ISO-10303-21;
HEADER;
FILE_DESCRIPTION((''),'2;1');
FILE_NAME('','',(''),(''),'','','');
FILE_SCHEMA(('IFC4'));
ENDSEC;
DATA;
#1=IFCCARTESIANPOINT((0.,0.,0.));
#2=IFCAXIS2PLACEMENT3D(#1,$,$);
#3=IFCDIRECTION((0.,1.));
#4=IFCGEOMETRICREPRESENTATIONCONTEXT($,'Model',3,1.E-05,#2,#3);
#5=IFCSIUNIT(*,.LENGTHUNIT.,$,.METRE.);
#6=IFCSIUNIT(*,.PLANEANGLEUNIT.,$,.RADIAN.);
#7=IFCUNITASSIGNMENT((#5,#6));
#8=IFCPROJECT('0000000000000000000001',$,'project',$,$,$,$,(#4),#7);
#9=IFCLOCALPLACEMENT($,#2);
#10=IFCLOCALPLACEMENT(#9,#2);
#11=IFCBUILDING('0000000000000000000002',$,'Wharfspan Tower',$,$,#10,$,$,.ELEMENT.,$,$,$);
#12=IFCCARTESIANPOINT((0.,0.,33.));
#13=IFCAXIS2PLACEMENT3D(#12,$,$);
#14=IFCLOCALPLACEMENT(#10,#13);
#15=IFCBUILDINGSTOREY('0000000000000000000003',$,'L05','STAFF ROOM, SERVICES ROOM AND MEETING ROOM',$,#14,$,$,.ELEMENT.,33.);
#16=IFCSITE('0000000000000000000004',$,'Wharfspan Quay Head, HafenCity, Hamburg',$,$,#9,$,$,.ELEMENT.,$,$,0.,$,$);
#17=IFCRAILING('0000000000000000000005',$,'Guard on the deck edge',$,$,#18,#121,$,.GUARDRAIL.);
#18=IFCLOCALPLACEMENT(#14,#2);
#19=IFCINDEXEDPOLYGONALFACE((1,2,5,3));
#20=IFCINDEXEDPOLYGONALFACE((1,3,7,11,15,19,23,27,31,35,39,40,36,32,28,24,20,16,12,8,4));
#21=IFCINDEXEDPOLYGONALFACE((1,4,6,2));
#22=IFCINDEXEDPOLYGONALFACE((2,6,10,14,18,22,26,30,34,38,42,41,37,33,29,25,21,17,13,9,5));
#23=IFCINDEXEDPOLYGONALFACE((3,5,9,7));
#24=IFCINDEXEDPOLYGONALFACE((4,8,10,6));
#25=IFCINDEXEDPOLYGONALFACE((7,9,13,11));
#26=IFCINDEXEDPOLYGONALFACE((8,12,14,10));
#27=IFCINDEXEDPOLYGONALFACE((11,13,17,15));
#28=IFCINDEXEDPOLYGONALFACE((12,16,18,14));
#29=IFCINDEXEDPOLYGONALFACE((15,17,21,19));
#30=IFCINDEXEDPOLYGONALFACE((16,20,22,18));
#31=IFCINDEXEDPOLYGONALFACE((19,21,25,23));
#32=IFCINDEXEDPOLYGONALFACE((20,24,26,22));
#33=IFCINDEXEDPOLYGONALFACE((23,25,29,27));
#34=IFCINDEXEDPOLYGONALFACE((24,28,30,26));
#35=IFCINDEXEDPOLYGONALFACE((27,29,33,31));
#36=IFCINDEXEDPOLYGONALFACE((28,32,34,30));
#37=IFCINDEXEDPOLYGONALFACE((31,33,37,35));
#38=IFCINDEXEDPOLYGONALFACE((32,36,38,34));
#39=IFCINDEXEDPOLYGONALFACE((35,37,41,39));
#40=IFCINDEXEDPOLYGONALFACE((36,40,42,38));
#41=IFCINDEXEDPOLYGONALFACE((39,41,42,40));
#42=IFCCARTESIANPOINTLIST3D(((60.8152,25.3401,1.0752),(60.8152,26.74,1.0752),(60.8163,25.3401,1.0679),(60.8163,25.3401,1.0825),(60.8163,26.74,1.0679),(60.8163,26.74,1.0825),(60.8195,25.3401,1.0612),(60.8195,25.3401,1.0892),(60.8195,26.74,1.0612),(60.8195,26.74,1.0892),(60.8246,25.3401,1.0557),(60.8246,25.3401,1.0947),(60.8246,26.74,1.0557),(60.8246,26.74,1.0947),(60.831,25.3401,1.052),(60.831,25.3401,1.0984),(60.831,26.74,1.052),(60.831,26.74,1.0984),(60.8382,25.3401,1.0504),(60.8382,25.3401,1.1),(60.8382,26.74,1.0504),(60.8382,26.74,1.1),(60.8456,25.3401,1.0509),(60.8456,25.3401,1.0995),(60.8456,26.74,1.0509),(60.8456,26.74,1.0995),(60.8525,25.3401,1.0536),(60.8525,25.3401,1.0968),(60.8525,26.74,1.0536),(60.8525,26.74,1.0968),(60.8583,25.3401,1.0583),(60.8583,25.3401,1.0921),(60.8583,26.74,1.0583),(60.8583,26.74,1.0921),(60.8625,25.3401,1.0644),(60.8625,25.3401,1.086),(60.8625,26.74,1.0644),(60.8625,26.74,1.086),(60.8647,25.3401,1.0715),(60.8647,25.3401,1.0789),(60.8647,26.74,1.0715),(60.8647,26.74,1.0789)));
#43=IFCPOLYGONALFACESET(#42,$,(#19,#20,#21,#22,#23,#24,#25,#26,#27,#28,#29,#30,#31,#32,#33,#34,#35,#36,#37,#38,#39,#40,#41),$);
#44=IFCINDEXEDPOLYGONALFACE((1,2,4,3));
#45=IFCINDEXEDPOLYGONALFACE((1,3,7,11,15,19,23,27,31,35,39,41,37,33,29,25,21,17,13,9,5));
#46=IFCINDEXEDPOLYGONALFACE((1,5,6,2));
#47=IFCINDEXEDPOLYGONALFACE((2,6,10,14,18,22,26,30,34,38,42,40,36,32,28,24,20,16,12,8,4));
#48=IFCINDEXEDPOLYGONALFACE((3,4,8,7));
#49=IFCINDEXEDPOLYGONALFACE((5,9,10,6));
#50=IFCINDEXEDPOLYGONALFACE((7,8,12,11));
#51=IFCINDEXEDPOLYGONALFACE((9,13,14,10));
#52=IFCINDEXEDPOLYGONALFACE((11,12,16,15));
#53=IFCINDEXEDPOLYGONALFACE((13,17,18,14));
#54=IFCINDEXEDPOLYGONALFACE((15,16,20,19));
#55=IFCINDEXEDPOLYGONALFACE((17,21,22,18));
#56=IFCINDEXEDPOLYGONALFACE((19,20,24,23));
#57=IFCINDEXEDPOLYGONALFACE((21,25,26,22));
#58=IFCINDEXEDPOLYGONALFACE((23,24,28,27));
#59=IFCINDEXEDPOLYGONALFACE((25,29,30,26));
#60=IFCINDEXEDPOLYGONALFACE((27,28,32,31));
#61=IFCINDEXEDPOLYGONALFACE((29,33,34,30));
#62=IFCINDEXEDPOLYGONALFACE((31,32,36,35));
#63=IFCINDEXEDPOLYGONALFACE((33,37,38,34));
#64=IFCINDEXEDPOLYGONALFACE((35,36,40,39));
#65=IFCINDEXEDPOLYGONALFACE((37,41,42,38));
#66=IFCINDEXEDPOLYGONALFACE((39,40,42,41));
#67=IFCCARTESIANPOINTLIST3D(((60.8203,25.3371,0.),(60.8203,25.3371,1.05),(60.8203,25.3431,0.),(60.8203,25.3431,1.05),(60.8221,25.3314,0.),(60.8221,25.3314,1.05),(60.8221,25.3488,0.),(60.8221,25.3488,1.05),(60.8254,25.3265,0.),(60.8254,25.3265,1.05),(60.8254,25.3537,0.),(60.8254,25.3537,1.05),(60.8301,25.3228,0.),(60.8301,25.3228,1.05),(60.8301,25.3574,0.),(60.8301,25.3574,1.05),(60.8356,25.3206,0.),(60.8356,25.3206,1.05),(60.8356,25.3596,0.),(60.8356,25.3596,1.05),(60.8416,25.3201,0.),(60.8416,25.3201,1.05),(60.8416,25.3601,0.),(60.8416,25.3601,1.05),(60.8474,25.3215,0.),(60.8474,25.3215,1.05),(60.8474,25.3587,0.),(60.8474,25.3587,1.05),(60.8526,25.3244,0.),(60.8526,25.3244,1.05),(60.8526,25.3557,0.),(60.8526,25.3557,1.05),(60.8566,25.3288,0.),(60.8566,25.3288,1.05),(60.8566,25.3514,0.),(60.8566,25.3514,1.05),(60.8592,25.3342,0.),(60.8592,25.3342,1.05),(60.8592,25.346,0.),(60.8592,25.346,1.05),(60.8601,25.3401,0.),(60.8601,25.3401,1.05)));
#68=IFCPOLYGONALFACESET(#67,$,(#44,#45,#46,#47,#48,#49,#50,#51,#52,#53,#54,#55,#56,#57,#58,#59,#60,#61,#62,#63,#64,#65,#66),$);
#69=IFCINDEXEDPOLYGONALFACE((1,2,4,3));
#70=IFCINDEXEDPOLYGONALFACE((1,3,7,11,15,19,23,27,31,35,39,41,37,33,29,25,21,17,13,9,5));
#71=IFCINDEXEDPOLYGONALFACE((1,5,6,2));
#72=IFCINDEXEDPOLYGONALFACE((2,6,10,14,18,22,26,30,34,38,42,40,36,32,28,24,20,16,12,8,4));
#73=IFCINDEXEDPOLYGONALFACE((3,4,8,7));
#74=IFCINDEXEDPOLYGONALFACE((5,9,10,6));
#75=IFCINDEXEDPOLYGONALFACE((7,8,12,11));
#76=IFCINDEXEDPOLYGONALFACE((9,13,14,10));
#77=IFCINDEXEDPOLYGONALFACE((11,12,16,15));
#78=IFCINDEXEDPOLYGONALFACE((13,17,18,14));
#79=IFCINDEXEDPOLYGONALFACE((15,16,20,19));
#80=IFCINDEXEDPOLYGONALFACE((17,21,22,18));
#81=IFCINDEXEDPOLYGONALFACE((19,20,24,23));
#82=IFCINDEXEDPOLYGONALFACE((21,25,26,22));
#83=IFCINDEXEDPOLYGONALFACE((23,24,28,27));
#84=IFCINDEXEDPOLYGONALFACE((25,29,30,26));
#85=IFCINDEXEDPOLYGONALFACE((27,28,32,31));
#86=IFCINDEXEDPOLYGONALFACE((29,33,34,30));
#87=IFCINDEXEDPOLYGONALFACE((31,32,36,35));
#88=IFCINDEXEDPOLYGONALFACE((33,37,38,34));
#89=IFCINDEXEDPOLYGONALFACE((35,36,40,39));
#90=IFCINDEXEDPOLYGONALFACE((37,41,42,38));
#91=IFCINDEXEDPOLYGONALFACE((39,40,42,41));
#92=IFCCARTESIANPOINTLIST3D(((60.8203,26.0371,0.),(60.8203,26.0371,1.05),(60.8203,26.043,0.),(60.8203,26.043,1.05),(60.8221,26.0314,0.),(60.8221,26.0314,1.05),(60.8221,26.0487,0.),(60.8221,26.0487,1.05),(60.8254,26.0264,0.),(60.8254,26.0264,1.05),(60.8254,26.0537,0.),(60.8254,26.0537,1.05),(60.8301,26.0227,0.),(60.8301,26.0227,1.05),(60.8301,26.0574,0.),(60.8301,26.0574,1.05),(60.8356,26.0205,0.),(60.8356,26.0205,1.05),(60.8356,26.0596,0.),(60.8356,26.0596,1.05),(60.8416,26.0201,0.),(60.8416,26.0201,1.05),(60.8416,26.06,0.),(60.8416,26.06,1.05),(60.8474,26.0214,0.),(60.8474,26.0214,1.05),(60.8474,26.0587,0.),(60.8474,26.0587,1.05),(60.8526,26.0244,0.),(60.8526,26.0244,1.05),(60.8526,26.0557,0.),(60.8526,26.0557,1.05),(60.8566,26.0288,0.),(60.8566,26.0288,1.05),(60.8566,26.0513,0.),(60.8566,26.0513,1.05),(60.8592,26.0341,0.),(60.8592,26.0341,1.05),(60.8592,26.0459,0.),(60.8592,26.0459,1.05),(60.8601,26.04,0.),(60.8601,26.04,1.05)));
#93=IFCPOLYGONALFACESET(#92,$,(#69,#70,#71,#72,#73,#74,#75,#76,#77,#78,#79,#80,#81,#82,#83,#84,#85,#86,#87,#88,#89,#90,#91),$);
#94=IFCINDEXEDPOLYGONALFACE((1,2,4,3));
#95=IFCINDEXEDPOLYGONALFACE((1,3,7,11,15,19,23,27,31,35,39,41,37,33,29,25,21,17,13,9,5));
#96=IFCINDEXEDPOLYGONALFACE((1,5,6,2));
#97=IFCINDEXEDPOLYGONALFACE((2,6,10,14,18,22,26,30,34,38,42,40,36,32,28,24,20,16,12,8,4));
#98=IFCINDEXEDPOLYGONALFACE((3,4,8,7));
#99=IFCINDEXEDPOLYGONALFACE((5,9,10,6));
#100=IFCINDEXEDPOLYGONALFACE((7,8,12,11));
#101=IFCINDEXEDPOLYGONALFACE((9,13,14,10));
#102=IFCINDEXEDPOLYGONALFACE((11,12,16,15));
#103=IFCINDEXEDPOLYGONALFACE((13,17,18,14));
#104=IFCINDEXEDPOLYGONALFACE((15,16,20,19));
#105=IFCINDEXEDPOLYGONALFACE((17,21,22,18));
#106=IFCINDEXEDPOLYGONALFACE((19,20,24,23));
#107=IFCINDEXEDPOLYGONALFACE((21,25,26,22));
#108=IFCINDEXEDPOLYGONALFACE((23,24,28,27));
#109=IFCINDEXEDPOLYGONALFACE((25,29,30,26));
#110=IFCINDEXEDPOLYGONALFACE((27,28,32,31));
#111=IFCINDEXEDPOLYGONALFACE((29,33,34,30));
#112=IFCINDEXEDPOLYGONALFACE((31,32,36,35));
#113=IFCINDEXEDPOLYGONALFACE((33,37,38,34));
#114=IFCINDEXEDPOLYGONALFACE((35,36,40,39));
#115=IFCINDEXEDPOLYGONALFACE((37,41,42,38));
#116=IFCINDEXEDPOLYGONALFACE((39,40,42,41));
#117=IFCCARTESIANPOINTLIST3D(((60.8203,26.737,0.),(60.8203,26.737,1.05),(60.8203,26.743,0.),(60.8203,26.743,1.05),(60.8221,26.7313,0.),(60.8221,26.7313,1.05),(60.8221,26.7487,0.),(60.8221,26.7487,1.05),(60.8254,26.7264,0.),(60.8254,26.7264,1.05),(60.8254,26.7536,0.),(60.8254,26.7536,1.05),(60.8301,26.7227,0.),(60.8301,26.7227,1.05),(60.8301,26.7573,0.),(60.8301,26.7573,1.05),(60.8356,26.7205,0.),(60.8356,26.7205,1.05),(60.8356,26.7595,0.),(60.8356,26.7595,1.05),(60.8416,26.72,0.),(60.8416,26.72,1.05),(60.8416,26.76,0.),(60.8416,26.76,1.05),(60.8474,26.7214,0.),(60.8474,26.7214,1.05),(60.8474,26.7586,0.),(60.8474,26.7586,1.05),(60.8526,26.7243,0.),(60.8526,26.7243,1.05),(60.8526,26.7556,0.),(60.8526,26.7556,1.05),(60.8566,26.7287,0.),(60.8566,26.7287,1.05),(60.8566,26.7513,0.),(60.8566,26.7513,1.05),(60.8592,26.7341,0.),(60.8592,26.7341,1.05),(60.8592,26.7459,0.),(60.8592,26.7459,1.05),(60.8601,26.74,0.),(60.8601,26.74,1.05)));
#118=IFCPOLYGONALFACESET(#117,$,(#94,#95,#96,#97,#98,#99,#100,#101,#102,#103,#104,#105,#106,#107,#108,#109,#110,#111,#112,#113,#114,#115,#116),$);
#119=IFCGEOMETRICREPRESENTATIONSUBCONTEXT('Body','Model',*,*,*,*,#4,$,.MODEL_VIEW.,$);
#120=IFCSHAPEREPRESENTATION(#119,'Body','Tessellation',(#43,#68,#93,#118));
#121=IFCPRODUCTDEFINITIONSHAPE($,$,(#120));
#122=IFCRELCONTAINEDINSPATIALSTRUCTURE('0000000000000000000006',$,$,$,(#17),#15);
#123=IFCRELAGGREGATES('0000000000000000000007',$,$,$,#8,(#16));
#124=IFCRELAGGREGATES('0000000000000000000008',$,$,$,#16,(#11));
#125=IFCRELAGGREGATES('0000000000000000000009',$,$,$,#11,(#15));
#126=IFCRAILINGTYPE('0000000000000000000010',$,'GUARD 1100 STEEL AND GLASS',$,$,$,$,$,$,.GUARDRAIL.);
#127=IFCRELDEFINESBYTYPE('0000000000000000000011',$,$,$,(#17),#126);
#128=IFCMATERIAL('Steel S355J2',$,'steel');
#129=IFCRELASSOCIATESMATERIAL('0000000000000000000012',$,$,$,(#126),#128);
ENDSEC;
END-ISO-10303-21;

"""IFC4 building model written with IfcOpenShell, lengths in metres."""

from ifc_helpers import new_model, si_unit, direction, frame, origin, origin_2d, place, context, subcontext, project, spatial, circle, extrude, material, type_object, element, save


model = new_model("IFC4")

# Units and contexts
model_context = context("Model", 3, precision=1e-05, world=origin(), true_north=direction((0.0, 1.0)))
body_context = subcontext(model_context, "Body", "Model", "MODEL_VIEW")
ifc_project = project(units=[si_unit("LENGTHUNIT", "METRE"), si_unit("PLANEANGLEUNIT", "RADIAN")], contexts=[model_context])

# Site, building, storey
site_placement = place(None, origin())
site = spatial("IfcSite", under=ifc_project, at=site_placement, Name="Wharfspan Quay Head, HafenCity, Hamburg", CompositionType="ELEMENT", RefElevation=0.0)
building_placement = place(site_placement, origin())
building = spatial("IfcBuilding", under=site, at=building_placement, Name="Wharfspan Tower", CompositionType="ELEMENT")
storey_placement = place(building_placement, frame((0.0, 0.0, 33.0)))
storey = spatial("IfcBuildingStorey", under=building, at=storey_placement, Name="L05", Description="STAFF ROOM, SERVICES ROOM AND MEETING ROOM", CompositionType="ELEMENT", Elevation=33.0)

# Railing
ifc_material_1 = material(Name="Steel S355J2", Category="steel")
railing_type = type_object("IfcRailingType", Name="GUARD 1100 STEEL AND GLASS", PredefinedType="GUARDRAIL", material=ifc_material_1)
railing_1_placement = place(storey_placement, frame((60.8401, 25.3401, 0.0)))
element("IfcRailing", 1, at=railing_1_placement, inside=storey, type_object=railing_type, Name="Guard on the deck edge", PredefinedType="GUARDRAIL", context=body_context, shape_type="SweptSolid", body=[
    extrude(circle(Radius=0.0249, at=origin_2d()), frame((0.0, 0.0, 1.0752), z_axis=(0.0, 1.0, 0.0), x_axis=(-1.0, 0.0, 0.0)), (0.0, 0.0, 1.0), 1.3999),
    extrude(circle(Radius=0.02, at=origin_2d()), origin(), (0.0, 0.0, 1.0), 1.05),
    extrude(circle(Radius=0.02, at=origin_2d()), frame((0.0, 0.7, 0.0)), (0.0, 0.0, 1.0), 1.05),
    extrude(circle(Radius=0.02, at=origin_2d()), frame((0.0, 1.3999, 0.0)), (0.0, 0.0, 1.0), 1.05),
])

save(model, "model.ifc")
